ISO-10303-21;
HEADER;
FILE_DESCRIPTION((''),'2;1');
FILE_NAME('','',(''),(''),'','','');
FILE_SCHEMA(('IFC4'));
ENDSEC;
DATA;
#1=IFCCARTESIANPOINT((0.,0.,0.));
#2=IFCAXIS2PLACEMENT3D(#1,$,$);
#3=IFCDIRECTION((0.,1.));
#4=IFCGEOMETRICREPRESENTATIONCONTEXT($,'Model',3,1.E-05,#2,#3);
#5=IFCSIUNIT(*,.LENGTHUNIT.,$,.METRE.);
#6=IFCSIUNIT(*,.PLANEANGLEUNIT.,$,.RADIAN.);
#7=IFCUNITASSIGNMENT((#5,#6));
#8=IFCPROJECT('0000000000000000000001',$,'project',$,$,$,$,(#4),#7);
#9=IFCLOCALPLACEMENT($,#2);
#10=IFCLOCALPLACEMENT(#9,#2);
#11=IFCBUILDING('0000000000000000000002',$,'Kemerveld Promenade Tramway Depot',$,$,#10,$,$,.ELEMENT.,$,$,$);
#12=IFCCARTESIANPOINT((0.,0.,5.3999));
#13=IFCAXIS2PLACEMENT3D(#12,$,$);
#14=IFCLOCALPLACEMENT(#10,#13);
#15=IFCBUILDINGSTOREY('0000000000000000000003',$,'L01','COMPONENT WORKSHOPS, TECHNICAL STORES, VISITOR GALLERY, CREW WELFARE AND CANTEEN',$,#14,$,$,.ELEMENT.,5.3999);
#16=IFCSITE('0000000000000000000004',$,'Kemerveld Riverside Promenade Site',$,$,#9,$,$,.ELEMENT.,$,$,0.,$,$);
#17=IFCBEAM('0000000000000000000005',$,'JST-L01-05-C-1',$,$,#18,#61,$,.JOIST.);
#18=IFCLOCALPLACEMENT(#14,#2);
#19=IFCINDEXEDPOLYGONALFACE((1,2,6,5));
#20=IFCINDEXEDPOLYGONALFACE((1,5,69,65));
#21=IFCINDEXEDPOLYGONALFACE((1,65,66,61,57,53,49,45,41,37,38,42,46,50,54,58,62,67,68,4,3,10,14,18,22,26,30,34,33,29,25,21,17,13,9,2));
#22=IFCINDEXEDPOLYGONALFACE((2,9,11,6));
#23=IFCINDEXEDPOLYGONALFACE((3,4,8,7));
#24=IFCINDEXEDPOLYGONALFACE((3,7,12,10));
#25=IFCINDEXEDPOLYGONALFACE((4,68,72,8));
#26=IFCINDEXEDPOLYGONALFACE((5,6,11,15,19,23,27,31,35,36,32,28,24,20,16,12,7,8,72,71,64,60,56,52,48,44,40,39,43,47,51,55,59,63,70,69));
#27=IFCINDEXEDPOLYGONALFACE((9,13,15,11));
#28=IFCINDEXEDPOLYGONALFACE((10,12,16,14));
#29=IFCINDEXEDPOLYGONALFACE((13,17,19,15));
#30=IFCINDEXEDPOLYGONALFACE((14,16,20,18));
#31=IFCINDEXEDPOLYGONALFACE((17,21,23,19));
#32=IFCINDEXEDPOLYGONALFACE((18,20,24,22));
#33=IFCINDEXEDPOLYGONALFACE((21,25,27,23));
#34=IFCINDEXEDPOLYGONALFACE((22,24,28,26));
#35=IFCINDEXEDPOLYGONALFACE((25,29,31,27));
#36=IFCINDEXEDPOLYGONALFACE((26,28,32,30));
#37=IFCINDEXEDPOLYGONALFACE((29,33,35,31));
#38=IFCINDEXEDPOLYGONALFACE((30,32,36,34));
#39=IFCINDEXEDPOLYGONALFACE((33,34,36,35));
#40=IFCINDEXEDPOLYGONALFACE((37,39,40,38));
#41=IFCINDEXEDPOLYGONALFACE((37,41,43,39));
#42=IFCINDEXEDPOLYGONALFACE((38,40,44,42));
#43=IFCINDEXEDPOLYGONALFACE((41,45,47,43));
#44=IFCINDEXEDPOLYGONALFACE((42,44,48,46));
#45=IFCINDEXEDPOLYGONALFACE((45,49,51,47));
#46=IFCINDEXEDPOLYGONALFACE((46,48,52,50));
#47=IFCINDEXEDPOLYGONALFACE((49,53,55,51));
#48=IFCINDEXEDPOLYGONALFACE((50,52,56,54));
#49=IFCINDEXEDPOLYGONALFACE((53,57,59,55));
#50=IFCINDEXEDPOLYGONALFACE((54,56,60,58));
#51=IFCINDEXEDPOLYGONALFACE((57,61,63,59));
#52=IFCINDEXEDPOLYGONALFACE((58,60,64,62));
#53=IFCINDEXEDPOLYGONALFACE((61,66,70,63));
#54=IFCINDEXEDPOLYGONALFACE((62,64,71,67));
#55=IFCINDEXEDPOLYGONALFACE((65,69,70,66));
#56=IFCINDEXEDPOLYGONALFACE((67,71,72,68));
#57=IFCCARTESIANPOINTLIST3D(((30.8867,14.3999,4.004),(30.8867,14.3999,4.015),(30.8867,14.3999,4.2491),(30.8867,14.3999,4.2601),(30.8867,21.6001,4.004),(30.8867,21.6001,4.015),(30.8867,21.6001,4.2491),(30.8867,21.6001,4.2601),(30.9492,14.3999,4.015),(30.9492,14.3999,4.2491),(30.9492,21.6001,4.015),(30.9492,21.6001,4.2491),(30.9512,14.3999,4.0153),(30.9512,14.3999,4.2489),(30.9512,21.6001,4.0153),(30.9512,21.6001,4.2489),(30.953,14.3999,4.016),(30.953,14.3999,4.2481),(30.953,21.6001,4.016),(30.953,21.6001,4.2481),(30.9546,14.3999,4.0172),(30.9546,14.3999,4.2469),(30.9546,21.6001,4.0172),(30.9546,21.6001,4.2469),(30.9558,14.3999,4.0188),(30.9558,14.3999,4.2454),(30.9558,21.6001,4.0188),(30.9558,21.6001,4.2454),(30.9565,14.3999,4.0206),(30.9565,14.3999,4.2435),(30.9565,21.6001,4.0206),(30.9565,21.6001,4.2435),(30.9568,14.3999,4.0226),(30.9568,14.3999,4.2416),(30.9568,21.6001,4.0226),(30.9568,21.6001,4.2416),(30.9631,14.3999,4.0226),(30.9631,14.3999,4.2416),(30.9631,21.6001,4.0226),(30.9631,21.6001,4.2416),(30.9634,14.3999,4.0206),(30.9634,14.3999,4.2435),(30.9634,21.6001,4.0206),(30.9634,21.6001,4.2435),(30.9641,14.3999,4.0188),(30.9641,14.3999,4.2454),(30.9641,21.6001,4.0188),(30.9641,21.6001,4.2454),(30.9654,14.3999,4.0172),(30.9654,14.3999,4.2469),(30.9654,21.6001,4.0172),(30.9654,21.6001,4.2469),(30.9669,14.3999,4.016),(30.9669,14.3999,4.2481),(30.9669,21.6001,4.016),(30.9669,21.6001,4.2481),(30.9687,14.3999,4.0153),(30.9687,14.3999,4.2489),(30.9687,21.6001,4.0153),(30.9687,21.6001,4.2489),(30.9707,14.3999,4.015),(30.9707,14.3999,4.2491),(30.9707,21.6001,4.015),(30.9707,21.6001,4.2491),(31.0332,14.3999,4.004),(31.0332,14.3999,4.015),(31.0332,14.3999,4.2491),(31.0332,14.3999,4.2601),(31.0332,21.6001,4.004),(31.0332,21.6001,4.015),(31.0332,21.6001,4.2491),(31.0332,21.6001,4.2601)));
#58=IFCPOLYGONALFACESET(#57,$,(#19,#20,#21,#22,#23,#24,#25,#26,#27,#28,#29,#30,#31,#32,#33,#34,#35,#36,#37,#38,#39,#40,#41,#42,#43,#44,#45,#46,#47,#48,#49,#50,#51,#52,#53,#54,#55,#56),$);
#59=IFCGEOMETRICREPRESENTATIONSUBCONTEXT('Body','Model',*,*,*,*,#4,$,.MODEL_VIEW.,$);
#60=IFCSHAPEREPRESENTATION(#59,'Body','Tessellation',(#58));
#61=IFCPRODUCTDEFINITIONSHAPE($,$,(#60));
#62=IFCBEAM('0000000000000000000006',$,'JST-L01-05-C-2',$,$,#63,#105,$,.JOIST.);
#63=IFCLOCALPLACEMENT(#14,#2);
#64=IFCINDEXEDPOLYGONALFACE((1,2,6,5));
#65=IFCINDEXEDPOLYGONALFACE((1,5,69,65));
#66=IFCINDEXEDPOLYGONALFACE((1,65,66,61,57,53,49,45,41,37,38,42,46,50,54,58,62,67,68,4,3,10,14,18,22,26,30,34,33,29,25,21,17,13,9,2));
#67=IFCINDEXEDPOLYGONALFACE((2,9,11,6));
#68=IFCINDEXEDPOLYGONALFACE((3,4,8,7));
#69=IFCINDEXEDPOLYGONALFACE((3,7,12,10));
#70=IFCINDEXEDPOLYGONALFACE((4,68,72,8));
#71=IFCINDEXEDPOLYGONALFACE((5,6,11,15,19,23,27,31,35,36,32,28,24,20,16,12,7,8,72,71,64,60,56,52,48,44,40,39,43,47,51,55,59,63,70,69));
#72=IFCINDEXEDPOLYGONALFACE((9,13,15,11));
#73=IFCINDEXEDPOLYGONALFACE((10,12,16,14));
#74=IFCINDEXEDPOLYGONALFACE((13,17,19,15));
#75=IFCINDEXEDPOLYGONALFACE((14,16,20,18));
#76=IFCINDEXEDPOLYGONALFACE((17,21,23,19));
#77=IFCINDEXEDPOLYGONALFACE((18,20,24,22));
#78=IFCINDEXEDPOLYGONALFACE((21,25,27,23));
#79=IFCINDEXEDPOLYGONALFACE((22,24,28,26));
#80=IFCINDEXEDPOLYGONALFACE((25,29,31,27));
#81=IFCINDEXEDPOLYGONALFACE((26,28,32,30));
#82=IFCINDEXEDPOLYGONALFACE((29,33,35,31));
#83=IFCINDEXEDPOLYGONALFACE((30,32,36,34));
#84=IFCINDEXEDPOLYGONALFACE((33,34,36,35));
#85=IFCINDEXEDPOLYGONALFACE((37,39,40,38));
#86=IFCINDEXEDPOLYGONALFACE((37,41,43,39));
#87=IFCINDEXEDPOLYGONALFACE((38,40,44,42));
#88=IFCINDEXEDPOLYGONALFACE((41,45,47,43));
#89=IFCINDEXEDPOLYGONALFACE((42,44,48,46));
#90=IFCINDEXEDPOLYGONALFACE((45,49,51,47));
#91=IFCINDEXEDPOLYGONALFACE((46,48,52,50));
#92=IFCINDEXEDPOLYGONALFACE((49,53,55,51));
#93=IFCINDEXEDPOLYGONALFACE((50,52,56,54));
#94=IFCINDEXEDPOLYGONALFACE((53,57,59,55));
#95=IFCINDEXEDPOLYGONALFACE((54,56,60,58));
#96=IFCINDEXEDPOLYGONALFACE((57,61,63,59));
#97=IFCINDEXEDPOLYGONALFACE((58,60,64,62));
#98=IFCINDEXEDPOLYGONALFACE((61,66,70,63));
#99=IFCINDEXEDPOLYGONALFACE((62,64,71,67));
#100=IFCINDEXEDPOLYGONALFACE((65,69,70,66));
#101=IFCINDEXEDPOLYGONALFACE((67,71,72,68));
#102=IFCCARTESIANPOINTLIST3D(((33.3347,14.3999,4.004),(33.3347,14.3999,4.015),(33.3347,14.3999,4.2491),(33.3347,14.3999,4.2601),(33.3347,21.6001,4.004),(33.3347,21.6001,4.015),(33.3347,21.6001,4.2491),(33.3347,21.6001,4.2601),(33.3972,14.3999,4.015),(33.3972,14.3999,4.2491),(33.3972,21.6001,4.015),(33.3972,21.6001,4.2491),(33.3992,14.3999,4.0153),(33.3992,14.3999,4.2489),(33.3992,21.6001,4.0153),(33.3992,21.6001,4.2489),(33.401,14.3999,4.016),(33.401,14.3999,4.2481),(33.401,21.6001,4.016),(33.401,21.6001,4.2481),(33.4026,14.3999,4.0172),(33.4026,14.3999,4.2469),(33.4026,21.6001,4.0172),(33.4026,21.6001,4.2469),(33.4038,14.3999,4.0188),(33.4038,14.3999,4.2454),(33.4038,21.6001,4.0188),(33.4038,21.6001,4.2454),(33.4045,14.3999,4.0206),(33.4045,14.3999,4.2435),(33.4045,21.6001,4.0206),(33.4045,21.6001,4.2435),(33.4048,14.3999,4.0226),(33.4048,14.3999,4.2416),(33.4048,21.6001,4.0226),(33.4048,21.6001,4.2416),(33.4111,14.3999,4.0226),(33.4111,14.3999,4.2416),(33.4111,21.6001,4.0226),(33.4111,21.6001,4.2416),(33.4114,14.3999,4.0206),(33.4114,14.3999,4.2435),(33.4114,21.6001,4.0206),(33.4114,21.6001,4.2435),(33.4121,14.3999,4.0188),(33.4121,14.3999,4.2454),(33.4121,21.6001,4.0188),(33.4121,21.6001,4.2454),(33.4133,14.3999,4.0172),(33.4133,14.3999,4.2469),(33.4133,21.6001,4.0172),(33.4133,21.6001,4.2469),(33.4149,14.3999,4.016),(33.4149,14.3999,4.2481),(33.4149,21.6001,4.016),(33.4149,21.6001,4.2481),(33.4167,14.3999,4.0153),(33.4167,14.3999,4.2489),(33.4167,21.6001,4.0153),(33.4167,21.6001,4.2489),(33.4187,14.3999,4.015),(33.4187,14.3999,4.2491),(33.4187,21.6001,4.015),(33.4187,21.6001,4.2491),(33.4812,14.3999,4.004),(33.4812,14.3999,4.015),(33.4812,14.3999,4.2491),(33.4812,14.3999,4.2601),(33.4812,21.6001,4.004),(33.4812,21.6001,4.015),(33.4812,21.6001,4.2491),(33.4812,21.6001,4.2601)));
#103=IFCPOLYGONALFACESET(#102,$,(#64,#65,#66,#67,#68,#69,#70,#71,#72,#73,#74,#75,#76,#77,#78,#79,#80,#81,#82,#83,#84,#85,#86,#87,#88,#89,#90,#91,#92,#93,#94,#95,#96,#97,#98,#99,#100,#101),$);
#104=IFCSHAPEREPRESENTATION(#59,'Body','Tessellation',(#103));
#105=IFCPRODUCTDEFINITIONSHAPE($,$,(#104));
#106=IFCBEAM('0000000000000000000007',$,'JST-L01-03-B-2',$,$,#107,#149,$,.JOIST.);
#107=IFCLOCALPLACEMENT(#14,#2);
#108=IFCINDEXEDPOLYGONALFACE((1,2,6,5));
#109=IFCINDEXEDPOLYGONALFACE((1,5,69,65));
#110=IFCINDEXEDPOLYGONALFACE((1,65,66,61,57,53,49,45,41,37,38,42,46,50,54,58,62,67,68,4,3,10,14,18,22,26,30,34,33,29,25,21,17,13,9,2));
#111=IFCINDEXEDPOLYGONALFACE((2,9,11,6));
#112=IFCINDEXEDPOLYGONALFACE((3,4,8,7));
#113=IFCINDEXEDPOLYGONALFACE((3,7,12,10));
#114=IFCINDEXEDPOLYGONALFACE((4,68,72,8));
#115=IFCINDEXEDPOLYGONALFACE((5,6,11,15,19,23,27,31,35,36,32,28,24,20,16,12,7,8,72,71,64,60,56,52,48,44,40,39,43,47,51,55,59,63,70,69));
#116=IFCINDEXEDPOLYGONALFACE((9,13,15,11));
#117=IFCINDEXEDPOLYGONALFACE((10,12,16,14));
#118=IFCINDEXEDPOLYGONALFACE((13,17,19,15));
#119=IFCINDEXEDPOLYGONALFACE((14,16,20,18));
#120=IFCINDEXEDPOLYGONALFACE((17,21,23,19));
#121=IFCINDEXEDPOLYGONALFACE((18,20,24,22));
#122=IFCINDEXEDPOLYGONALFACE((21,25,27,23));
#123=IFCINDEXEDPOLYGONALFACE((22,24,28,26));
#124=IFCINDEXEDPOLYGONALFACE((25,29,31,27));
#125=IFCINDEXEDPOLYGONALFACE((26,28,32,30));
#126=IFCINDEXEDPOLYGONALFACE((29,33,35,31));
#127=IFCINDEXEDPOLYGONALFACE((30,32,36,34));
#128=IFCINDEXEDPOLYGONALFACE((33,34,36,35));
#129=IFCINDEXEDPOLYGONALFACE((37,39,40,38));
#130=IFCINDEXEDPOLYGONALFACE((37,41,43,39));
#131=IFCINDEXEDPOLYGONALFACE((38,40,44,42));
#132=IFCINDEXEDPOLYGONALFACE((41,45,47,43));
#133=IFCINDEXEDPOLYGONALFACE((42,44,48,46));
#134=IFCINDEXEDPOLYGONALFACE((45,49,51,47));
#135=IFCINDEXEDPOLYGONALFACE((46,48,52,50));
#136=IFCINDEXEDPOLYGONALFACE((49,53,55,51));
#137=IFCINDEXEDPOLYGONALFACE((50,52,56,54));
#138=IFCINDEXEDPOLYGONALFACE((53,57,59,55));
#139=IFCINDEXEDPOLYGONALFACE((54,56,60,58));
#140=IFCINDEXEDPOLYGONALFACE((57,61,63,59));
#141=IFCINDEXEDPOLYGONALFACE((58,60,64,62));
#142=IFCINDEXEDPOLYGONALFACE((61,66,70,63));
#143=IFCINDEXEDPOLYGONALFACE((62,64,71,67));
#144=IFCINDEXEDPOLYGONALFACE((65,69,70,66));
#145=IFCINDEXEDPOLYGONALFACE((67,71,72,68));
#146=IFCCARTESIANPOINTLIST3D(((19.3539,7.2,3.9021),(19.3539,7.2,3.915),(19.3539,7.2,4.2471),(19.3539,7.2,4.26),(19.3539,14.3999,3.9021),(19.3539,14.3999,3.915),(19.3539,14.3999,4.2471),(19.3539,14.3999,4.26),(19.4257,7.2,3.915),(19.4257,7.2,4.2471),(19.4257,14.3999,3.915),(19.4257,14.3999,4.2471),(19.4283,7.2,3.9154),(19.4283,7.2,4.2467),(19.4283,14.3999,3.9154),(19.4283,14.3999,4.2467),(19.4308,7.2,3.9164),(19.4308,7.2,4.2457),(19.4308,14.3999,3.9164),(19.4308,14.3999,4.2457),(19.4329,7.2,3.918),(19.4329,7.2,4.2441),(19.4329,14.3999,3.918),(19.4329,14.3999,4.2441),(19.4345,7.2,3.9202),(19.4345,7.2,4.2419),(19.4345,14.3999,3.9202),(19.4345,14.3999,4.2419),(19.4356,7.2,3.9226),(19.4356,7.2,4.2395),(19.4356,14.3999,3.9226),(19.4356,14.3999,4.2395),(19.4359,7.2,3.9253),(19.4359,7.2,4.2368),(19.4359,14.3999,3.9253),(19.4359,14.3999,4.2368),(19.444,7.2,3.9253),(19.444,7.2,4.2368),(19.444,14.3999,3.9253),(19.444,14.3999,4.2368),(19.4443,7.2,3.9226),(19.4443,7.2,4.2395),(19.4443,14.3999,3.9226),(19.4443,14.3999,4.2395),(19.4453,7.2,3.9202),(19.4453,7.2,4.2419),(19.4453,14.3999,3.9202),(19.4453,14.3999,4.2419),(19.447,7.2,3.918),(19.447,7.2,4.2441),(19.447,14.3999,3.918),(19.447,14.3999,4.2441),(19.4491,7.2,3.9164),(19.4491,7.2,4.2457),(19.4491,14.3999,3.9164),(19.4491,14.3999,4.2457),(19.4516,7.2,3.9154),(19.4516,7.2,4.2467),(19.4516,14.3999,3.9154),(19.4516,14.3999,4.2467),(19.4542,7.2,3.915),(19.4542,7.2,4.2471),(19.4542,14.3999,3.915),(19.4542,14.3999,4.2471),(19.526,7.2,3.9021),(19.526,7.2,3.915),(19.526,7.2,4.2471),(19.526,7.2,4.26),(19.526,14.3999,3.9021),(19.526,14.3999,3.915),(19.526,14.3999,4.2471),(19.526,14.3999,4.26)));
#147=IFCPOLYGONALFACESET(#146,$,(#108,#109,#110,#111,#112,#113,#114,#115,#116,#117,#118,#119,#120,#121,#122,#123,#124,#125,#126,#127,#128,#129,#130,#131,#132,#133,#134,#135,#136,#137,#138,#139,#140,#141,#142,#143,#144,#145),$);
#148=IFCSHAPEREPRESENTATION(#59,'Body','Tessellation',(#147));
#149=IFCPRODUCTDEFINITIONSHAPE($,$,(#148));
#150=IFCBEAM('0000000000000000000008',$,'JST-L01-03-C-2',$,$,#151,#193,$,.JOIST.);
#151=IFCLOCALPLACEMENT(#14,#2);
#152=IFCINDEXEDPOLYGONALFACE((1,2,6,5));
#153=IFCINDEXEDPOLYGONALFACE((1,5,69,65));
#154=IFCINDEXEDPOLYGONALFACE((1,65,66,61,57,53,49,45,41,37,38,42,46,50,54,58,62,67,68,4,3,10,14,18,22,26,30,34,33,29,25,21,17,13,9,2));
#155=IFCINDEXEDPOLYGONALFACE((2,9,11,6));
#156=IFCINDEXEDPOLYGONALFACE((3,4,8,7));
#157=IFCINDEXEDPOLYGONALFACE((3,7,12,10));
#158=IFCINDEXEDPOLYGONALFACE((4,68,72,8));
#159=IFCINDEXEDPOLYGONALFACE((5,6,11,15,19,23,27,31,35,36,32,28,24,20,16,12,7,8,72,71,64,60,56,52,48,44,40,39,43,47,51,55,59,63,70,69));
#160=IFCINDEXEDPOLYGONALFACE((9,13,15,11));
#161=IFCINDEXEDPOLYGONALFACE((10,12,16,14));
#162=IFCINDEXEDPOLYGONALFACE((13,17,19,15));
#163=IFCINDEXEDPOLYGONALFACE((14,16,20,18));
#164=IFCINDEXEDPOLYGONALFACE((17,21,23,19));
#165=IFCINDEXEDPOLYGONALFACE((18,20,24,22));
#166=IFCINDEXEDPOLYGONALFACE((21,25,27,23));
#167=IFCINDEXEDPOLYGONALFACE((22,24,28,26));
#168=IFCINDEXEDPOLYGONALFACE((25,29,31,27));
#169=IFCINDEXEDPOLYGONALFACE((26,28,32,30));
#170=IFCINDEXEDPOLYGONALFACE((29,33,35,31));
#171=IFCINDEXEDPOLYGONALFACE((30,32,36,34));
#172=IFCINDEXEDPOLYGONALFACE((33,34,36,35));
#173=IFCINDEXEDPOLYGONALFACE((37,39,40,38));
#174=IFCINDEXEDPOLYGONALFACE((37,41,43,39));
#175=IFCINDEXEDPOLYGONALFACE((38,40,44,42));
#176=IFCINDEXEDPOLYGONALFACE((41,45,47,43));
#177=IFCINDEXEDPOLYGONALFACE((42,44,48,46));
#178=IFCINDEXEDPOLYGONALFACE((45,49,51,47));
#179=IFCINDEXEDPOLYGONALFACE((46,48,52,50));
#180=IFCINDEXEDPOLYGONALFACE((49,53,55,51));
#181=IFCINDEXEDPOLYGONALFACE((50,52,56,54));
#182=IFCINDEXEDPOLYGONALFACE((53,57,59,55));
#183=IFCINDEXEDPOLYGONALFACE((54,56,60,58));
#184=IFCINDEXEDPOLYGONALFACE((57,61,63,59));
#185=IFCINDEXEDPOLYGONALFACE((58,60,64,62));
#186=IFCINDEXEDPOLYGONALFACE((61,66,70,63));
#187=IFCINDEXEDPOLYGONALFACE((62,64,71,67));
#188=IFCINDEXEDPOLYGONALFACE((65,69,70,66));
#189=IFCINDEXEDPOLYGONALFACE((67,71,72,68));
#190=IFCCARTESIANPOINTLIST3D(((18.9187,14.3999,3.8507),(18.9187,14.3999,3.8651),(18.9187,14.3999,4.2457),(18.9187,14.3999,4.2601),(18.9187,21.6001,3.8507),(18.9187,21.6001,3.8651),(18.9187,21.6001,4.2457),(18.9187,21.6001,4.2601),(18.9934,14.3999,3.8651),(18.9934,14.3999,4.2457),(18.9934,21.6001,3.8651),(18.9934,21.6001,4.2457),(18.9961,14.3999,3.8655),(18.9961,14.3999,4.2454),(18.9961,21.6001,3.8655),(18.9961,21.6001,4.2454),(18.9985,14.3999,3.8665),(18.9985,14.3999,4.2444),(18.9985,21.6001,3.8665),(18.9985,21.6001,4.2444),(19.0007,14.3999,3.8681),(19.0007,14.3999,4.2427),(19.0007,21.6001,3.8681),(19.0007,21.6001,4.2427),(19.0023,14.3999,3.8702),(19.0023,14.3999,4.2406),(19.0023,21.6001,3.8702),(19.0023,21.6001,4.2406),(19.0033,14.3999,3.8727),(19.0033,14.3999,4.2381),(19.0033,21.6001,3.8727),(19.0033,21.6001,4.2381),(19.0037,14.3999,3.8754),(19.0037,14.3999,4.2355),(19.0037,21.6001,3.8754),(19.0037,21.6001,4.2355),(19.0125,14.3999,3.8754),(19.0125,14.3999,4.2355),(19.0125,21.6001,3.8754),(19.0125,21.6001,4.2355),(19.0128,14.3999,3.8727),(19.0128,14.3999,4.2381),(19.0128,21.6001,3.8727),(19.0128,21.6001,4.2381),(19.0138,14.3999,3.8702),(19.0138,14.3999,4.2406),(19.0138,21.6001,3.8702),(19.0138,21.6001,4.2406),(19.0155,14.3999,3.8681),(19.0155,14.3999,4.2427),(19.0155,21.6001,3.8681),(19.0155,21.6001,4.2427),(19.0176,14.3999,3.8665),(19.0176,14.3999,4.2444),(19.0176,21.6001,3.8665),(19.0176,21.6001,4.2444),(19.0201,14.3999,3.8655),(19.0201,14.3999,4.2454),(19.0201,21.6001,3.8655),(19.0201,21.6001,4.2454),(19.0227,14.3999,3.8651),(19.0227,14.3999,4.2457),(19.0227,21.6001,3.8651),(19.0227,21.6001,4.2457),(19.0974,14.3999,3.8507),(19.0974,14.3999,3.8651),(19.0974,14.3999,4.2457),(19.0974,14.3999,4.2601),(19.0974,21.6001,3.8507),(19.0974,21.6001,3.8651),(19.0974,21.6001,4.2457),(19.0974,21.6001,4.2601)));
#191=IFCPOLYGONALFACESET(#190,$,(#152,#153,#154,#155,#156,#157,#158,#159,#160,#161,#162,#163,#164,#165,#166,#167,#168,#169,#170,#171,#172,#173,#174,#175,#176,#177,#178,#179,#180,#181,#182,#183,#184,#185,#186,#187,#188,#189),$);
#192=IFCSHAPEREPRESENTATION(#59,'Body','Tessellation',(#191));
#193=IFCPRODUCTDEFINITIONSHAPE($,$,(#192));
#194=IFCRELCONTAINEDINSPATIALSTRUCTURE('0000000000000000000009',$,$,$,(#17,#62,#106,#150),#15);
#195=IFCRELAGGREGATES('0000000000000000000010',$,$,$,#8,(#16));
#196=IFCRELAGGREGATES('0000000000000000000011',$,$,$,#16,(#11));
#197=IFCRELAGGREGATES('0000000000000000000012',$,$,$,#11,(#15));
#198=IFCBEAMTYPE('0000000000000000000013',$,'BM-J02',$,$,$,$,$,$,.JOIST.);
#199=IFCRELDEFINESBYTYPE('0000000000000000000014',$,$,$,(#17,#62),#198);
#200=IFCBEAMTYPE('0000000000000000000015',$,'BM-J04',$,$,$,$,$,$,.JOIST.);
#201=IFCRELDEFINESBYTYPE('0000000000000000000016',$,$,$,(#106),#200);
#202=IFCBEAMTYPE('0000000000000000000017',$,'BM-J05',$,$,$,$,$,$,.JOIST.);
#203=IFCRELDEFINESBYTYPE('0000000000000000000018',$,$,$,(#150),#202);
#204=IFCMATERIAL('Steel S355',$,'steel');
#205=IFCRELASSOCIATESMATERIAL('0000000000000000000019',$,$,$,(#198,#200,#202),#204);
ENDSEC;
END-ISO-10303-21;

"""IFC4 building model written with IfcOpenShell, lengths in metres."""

from ifc_helpers import new_model, si_unit, direction, frame, origin, origin_2d, place, context, subcontext, project, spatial, i_section, extrude, material, material_profile, profile_set, type_object, element, save


model = new_model("IFC4")

# Units and contexts
model_context = context("Model", 3, precision=1e-05, world=origin(), true_north=direction((0.0, 1.0)))
body_context = subcontext(model_context, "Body", "Model", "MODEL_VIEW")
ifc_project = project(units=[si_unit("LENGTHUNIT", "METRE"), si_unit("PLANEANGLEUNIT", "RADIAN")], contexts=[model_context])

# Site, building, storey
site_placement = place(None, origin())
site = spatial("IfcSite", under=ifc_project, at=site_placement, Name="Kemerveld Riverside Promenade Site", CompositionType="ELEMENT", RefElevation=0.0)
building_placement = place(site_placement, origin())
building = spatial("IfcBuilding", under=site, at=building_placement, Name="Kemerveld Promenade Tramway Depot", CompositionType="ELEMENT")
storey_placement = place(building_placement, frame((0.0, 0.0, 5.3999)))
storey = spatial("IfcBuildingStorey", under=building, at=storey_placement, Name="L01", Description="COMPONENT WORKSHOPS, TECHNICAL STORES, VISITOR GALLERY, CREW WELFARE AND CANTEEN", CompositionType="ELEMENT", Elevation=5.3999)

# Shared definitions
ifc_material_1 = material(Name="Steel S355", Category="steel")

# Beams
ifc_material_profile_1 = material_profile(ifc_material_1, i_section(OverallWidth=0.1465, OverallDepth=0.2561, WebThickness=0.0063, FlangeThickness=0.011, FilletRadius=0.0076, at=origin_2d()), Name="254x146x37 UB")
ifc_profile_set_1 = profile_set([ifc_material_profile_1], Name="Steel S355")
beam_type_1 = type_object("IfcBeamType", Name="BM-J02", PredefinedType="JOIST", material=ifc_profile_set_1)
for number, where, z_axis, x_axis, name in (
    (1, (30.96, 14.3999, 4.1321), (0.0, 1.0, 0.0), (-1.0, 0.0, 0.0), "JST-L01-05-C-1"),
    (2, (33.408, 14.3999, 4.1321), (0.0, 1.0, 0.0), (-1.0, 0.0, 0.0), "JST-L01-05-C-2"),
):
    element("IfcBeam", number, at=place(storey_placement, frame(where, z_axis=z_axis, x_axis=x_axis)), inside=storey, type_object=beam_type_1, Name=name, PredefinedType="JOIST", context=body_context, shape_type="SweptSolid", body=[
        extrude(i_section(OverallWidth=0.1465, OverallDepth=0.2561, WebThickness=0.0063, FlangeThickness=0.011, FilletRadius=0.0076, at=origin_2d()), origin(), (0.0, 0.0, 1.0), 7.2002),
    ])
ifc_material_profile_2 = material_profile(ifc_material_1, i_section(OverallWidth=0.1721, OverallDepth=0.3579, WebThickness=0.0081, FlangeThickness=0.0129, FilletRadius=0.0103, at=origin_2d()), Name="356x171x57 UB")
ifc_profile_set_2 = profile_set([ifc_material_profile_2], Name="Steel S355")
beam_type_2 = type_object("IfcBeamType", Name="BM-J04", PredefinedType="JOIST", material=ifc_profile_set_2)
beam_1_placement = place(storey_placement, frame((19.4399, 7.2, 4.0811), z_axis=(0.0, 1.0, 0.0), x_axis=(-1.0, 0.0, 0.0)))
element("IfcBeam", 3, at=beam_1_placement, inside=storey, type_object=beam_type_2, Name="JST-L01-03-B-2", PredefinedType="JOIST", context=body_context, shape_type="SweptSolid", body=[
    extrude(i_section(OverallWidth=0.1721, OverallDepth=0.3579, WebThickness=0.0081, FlangeThickness=0.0129, FilletRadius=0.0103, at=origin_2d()), origin(), (0.0, 0.0, 1.0), 7.2),
])
ifc_material_profile_3 = material_profile(ifc_material_1, i_section(OverallWidth=0.1787, OverallDepth=0.4094, WebThickness=0.0088, FlangeThickness=0.0144, FilletRadius=0.0103, at=origin_2d()), Name="406x178x67 UB")
ifc_profile_set_3 = profile_set([ifc_material_profile_3], Name="Steel S355")
beam_type_3 = type_object("IfcBeamType", Name="BM-J05", PredefinedType="JOIST", material=ifc_profile_set_3)
beam_2_placement = place(storey_placement, frame((19.0081, 14.3999, 4.0554), z_axis=(0.0, 1.0, 0.0), x_axis=(-1.0, 0.0, 0.0)))
element("IfcBeam", 4, at=beam_2_placement, inside=storey, type_object=beam_type_3, Name="JST-L01-03-C-2", PredefinedType="JOIST", context=body_context, shape_type="SweptSolid", body=[
    extrude(i_section(OverallWidth=0.1787, OverallDepth=0.4094, WebThickness=0.0088, FlangeThickness=0.0144, FilletRadius=0.0103, at=origin_2d()), origin(), (0.0, 0.0, 1.0), 7.2002),
])

save(model, "model.ifc")
